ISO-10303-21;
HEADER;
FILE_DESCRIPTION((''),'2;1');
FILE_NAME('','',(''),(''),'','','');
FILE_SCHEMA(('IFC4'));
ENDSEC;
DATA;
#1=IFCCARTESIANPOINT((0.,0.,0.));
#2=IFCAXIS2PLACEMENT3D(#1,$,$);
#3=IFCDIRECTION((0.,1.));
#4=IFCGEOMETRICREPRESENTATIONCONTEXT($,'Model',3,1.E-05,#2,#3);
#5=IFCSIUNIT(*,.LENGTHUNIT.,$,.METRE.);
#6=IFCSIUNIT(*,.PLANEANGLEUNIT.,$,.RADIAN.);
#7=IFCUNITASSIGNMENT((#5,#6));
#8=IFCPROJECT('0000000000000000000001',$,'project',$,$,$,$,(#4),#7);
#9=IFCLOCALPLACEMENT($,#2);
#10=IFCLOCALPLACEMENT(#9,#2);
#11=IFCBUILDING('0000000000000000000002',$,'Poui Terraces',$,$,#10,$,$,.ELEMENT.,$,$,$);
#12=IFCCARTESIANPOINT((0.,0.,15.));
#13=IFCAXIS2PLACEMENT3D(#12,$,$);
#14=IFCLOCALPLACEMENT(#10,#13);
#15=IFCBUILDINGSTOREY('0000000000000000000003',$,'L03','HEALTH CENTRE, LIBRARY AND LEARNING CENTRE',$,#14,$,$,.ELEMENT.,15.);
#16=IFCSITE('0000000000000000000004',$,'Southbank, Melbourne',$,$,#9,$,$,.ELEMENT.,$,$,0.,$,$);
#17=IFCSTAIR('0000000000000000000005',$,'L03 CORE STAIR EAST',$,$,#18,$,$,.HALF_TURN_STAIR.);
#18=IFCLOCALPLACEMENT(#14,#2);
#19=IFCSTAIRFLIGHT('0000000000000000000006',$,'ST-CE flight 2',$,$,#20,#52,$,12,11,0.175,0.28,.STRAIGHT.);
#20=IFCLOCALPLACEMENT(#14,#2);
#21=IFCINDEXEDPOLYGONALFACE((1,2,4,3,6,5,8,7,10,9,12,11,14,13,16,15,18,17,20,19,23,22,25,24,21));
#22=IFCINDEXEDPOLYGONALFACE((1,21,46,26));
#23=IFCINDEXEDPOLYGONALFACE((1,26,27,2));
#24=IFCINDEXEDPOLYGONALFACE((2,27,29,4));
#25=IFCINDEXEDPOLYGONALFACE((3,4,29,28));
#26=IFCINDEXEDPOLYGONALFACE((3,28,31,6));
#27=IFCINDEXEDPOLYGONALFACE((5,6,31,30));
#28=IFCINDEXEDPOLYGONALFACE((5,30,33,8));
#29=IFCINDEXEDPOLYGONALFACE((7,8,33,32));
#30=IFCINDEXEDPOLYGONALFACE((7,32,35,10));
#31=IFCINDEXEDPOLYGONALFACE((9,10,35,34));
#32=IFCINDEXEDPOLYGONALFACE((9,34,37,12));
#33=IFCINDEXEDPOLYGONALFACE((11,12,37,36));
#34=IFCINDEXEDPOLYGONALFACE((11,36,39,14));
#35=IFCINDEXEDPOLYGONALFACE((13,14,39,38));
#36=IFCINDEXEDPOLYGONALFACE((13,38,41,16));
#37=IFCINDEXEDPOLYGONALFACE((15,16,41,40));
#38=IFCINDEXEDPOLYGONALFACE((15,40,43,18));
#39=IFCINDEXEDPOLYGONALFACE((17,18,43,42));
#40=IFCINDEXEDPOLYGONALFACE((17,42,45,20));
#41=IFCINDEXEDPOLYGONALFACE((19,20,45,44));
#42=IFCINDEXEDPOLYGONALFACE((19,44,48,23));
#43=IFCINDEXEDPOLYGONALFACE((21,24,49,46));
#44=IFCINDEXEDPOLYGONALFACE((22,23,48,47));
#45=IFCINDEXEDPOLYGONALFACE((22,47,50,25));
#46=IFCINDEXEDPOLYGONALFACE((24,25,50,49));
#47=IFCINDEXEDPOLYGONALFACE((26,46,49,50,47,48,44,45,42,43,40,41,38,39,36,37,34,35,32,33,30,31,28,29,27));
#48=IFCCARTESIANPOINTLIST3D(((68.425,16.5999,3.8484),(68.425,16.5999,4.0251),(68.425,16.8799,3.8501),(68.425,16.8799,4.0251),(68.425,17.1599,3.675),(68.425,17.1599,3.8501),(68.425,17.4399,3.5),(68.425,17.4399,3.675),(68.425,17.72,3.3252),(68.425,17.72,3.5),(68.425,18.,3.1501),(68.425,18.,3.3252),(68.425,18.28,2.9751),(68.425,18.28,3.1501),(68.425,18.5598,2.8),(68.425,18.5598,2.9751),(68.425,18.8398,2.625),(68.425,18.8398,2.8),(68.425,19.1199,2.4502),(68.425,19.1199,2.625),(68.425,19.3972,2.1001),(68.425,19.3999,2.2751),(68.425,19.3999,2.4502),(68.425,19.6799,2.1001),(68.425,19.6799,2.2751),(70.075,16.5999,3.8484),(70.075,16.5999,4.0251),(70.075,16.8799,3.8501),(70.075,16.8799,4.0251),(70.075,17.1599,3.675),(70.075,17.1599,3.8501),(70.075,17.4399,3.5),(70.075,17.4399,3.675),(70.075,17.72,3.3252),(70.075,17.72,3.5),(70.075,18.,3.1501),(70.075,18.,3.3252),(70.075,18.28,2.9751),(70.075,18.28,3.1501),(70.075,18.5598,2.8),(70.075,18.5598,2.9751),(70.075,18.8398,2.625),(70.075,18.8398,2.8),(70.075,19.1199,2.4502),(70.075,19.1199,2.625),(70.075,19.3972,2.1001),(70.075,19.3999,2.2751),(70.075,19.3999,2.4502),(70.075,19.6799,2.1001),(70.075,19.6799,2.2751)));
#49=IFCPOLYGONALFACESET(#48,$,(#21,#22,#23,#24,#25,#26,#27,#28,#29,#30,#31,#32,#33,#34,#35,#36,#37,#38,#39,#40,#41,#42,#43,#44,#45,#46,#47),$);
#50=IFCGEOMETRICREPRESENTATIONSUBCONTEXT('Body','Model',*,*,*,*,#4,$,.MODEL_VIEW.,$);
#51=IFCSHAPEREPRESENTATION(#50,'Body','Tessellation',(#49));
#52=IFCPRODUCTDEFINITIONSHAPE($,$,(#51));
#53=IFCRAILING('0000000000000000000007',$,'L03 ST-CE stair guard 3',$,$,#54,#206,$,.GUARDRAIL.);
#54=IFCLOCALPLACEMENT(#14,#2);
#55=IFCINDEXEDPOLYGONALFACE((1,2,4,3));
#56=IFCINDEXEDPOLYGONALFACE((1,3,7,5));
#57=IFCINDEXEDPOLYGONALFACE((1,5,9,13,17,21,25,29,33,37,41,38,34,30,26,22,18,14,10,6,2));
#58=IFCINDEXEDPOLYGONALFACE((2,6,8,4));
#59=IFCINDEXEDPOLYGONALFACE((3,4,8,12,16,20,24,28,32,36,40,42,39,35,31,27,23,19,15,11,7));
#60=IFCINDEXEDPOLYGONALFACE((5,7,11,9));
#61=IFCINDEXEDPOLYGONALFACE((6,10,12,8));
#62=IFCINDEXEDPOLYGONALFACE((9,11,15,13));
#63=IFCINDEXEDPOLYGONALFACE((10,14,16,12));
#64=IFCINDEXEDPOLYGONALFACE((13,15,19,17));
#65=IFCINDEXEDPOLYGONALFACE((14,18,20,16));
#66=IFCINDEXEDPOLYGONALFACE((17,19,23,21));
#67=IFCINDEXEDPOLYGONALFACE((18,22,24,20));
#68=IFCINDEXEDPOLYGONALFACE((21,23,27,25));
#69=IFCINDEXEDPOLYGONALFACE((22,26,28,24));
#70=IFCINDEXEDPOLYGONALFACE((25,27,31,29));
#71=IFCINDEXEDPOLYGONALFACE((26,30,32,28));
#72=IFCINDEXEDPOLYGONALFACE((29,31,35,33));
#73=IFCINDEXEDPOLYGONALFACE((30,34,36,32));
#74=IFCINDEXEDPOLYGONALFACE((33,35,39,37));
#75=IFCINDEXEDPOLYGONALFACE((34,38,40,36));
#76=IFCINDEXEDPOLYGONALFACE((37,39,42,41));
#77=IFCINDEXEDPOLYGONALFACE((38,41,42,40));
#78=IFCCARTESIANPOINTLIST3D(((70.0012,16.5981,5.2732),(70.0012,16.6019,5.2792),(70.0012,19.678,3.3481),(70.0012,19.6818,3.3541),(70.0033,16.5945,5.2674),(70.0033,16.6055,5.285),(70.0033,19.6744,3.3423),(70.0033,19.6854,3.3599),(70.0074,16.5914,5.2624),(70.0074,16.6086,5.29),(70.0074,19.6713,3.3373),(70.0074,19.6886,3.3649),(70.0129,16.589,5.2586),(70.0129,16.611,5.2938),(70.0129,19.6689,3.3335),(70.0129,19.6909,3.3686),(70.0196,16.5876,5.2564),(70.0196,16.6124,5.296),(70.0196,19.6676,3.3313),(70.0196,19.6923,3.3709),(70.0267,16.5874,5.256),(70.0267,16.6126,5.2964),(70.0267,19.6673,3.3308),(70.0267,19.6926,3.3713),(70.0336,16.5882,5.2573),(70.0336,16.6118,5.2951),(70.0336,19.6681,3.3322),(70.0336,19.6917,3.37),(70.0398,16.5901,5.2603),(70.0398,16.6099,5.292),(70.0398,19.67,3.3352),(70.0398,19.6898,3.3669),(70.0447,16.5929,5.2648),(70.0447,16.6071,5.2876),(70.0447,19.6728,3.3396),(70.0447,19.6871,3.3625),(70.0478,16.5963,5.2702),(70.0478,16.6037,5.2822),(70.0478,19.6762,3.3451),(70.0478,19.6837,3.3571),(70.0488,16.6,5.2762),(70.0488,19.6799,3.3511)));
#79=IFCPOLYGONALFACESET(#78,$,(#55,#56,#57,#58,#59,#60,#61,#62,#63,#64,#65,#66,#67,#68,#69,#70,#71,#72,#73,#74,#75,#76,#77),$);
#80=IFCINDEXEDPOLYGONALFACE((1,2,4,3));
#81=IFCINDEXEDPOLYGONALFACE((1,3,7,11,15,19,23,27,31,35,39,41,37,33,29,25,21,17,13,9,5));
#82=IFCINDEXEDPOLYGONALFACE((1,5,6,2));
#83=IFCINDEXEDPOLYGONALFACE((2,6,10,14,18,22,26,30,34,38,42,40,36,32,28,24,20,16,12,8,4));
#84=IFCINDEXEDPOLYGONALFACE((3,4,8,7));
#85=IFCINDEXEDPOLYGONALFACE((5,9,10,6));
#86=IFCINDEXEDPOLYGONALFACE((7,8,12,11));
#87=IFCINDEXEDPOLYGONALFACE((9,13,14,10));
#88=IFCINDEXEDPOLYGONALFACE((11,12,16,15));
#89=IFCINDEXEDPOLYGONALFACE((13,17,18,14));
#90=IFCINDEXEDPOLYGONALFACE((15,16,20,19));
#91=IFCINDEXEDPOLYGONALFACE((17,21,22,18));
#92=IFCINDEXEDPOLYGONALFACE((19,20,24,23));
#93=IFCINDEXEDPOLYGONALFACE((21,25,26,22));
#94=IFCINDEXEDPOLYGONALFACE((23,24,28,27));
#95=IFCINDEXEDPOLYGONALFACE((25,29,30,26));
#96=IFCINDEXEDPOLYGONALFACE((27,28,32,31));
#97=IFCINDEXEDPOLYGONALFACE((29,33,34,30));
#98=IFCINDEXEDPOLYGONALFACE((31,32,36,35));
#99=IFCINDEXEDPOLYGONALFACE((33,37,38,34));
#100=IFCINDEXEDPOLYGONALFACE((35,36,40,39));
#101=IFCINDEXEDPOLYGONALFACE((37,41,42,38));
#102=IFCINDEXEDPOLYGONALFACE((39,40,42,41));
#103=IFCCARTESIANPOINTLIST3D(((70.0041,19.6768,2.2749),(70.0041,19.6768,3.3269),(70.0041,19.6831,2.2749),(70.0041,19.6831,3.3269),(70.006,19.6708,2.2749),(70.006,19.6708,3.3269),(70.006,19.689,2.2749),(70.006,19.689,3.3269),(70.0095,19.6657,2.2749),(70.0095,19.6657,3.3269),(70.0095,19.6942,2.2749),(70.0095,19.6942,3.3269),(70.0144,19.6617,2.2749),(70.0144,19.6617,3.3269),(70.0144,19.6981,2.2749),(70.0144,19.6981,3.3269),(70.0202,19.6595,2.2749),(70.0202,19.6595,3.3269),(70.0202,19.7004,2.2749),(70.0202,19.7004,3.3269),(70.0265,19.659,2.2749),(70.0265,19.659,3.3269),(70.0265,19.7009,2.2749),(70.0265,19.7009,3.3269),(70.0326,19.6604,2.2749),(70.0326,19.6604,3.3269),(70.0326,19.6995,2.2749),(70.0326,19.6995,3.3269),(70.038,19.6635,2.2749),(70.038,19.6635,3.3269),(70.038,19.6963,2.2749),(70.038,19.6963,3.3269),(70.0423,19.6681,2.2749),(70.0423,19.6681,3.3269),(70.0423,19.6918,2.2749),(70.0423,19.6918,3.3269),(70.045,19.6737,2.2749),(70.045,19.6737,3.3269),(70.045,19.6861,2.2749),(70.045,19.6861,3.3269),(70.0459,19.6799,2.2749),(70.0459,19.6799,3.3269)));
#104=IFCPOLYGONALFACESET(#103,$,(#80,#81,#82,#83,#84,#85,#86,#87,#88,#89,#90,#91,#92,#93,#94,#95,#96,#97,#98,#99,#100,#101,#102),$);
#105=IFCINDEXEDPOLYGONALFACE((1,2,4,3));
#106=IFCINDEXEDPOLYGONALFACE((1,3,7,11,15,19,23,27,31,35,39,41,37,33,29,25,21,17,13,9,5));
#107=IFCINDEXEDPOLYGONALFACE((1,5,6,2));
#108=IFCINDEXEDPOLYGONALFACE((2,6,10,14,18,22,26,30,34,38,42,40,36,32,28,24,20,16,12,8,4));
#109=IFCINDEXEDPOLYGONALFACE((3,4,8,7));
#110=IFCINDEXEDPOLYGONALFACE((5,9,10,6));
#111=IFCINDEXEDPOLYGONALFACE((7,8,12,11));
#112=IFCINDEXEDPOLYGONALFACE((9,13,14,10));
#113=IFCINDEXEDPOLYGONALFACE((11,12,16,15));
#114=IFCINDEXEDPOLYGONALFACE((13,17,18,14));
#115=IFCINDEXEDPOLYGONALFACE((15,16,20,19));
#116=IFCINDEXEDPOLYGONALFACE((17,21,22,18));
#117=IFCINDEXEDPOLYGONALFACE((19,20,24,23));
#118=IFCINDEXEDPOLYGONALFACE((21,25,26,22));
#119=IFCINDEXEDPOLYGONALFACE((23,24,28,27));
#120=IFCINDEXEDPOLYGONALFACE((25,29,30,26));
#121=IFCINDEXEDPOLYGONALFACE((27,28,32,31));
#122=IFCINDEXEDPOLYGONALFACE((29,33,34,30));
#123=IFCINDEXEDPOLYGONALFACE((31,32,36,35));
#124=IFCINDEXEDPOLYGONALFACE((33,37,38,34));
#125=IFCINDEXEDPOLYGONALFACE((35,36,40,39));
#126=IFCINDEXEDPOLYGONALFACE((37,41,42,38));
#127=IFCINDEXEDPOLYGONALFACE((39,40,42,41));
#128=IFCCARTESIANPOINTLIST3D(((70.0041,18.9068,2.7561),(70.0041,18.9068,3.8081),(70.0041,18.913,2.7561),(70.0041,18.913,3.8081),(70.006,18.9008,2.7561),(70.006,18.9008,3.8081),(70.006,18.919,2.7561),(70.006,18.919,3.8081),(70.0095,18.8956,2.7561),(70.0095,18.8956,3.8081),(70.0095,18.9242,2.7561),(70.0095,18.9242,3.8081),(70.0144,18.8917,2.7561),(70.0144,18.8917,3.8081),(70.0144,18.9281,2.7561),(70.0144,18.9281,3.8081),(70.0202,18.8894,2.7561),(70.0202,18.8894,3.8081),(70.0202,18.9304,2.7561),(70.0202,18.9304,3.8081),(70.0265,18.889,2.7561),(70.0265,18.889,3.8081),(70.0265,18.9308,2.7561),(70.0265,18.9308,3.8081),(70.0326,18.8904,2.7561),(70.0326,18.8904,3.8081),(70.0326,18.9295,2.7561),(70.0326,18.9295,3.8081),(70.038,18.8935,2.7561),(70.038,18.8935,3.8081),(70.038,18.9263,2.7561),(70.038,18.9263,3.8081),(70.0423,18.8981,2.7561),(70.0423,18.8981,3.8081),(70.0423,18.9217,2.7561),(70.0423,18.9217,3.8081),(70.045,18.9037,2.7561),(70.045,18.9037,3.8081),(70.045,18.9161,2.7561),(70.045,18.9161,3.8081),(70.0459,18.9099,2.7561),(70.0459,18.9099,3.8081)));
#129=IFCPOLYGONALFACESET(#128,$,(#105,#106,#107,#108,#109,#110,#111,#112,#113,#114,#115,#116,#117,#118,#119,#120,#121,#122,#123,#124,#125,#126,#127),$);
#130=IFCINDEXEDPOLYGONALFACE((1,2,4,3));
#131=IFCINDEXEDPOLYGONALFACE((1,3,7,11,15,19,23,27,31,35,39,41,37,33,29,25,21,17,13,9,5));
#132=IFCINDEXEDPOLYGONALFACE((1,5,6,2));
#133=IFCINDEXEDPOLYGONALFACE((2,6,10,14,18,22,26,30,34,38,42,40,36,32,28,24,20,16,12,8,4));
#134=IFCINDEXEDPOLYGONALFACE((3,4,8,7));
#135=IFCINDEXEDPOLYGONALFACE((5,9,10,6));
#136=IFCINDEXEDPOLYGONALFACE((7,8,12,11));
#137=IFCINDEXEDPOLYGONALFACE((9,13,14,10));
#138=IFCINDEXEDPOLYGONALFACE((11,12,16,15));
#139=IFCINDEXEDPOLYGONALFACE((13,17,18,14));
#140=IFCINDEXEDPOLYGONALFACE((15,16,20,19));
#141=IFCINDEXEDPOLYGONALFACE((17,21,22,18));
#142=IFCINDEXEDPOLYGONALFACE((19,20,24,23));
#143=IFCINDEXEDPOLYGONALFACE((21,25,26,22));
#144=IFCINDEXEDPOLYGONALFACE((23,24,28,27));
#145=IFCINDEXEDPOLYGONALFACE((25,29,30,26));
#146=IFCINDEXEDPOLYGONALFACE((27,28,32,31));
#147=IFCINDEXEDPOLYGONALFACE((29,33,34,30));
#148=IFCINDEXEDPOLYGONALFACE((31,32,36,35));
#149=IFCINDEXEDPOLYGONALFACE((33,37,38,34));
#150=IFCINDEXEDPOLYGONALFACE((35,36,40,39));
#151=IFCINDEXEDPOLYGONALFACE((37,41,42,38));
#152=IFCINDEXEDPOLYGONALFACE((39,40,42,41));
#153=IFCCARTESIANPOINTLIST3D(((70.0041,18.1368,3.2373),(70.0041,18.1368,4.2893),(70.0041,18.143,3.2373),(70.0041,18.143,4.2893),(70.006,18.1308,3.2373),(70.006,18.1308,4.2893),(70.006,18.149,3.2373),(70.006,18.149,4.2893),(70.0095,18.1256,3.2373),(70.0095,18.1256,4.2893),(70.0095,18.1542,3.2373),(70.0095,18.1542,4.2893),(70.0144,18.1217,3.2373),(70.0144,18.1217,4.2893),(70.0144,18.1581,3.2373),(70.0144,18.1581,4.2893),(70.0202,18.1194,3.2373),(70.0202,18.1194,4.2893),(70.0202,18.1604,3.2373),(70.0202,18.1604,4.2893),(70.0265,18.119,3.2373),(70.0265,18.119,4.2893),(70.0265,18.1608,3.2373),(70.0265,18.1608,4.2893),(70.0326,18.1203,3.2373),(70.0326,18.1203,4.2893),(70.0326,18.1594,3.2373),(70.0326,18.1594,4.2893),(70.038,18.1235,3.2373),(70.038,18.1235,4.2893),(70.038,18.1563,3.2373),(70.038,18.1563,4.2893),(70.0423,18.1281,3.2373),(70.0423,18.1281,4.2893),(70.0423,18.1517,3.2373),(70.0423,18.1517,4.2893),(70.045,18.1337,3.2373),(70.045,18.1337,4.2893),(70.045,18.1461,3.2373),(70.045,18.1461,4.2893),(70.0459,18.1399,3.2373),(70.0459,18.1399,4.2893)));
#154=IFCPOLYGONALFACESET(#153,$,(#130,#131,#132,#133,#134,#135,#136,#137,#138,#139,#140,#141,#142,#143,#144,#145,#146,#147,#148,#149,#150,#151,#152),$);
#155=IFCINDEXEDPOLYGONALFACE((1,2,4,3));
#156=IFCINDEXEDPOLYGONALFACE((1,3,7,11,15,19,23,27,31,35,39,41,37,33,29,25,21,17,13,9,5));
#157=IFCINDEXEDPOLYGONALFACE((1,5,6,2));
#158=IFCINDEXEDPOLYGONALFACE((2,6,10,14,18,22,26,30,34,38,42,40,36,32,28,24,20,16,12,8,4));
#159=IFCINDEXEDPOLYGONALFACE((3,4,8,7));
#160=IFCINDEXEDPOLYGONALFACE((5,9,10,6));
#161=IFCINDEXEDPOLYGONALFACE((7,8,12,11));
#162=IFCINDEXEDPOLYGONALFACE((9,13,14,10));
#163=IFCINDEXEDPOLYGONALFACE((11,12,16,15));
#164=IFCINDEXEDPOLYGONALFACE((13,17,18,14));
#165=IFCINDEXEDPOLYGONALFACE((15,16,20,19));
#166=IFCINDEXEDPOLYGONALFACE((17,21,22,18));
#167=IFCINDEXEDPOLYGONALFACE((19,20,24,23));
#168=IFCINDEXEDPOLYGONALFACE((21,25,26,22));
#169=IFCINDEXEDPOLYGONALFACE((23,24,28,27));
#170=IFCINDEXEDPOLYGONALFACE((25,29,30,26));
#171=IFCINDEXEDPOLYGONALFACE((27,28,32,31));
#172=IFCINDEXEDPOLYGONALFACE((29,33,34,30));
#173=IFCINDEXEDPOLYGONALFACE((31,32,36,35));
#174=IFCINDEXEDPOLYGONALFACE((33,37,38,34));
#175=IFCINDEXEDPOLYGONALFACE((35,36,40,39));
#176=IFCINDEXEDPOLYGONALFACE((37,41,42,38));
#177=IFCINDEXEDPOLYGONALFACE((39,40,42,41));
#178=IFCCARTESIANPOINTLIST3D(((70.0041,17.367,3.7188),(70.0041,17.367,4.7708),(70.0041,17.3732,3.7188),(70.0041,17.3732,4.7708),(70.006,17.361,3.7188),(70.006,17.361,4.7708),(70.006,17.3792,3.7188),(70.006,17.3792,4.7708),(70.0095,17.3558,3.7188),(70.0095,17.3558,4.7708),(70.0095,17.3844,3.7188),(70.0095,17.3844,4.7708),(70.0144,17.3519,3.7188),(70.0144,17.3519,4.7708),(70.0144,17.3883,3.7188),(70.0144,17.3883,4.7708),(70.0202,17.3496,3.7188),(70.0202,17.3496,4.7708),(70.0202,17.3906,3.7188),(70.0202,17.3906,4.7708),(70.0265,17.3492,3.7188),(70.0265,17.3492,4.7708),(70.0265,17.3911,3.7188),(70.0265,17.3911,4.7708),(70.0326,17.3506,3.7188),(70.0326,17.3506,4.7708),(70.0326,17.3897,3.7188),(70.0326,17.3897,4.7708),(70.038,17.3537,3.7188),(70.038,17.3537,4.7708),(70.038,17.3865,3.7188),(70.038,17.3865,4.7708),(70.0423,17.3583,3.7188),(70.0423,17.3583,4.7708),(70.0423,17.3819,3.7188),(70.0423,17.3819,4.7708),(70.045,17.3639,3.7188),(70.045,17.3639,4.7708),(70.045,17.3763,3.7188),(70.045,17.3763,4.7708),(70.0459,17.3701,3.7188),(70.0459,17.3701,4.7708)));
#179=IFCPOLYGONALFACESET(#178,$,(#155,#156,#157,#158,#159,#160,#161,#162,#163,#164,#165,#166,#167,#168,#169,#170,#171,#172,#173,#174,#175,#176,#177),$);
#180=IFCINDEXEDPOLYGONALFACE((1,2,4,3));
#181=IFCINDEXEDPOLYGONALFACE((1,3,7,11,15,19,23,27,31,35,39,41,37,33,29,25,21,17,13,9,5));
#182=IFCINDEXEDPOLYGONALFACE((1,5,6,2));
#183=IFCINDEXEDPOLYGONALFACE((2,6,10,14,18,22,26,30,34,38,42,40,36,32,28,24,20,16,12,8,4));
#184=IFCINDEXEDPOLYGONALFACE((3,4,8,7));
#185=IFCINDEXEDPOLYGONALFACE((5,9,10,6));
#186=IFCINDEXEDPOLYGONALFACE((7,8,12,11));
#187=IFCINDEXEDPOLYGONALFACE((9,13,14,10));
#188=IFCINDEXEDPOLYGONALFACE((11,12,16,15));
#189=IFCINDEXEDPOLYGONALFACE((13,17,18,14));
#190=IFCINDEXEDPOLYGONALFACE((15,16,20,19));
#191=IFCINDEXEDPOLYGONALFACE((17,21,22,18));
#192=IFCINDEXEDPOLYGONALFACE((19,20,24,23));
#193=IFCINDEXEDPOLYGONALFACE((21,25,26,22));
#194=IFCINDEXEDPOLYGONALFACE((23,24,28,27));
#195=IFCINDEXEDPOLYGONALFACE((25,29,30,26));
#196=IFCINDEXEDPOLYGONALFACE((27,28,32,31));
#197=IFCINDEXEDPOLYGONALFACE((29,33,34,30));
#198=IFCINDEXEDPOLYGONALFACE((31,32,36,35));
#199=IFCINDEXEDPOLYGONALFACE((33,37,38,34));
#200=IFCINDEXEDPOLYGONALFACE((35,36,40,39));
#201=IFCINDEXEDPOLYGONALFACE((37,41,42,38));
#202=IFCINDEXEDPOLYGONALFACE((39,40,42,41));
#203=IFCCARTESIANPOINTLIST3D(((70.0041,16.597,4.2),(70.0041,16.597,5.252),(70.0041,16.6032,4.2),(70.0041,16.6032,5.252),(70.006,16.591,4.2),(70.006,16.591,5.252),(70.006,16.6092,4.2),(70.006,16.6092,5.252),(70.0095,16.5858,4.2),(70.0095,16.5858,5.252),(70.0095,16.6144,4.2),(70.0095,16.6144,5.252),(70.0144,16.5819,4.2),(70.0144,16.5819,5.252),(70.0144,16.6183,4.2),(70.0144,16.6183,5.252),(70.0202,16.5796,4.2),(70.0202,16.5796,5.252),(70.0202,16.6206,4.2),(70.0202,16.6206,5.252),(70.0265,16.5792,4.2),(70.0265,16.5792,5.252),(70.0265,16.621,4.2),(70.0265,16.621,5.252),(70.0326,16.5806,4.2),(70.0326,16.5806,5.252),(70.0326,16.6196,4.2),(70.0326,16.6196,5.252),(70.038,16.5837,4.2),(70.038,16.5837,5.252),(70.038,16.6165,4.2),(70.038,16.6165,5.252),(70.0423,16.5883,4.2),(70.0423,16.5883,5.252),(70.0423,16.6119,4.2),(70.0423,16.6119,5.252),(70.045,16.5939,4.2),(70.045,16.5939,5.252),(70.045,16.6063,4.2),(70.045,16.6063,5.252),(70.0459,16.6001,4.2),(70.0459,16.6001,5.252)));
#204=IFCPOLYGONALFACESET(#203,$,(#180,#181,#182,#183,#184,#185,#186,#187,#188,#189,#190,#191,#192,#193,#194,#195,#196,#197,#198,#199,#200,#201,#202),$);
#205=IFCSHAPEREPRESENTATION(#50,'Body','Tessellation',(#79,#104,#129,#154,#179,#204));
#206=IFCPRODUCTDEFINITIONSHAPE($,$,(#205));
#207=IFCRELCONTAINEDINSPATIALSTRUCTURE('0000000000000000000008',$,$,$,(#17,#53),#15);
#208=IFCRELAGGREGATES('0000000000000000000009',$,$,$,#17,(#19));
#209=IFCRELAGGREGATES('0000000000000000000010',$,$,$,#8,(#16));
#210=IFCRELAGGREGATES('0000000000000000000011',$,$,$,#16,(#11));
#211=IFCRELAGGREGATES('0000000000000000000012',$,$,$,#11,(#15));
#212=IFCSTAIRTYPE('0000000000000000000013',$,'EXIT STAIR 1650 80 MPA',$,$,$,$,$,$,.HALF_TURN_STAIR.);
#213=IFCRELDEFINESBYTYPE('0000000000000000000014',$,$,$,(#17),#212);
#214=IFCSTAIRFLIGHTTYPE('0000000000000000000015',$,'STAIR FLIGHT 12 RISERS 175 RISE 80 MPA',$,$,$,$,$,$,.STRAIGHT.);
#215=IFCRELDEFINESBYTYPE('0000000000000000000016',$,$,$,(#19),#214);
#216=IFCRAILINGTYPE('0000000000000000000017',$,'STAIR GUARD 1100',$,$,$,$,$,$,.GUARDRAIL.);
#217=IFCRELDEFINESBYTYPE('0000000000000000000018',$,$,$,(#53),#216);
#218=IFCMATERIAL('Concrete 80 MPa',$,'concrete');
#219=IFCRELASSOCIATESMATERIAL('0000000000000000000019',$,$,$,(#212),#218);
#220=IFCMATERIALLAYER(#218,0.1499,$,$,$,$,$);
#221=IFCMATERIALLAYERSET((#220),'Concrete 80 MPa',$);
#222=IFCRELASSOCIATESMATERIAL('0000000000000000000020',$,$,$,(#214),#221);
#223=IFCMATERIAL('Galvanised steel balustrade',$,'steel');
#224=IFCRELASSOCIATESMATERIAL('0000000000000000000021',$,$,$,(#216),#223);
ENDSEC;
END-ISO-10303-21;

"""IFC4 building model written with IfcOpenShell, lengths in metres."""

from ifc_helpers import new_model, si_unit, direction, frame, origin, origin_2d, place, context, subcontext, project, spatial, polyline, circle, outline, extrude, material, layer, layer_set, type_object, element, aggregate, save


model = new_model("IFC4")

# Units and contexts
model_context = context("Model", 3, precision=1e-05, world=origin(), true_north=direction((0.0, 1.0)))
body_context = subcontext(model_context, "Body", "Model", "MODEL_VIEW")
ifc_project = project(units=[si_unit("LENGTHUNIT", "METRE"), si_unit("PLANEANGLEUNIT", "RADIAN")], contexts=[model_context])

# Site, building, storey
site_placement = place(None, origin())
site = spatial("IfcSite", under=ifc_project, at=site_placement, Name="Southbank, Melbourne", CompositionType="ELEMENT", RefElevation=0.0)
building_placement = place(site_placement, origin())
building = spatial("IfcBuilding", under=site, at=building_placement, Name="Poui Terraces", CompositionType="ELEMENT")
storey_placement = place(building_placement, frame((0.0, 0.0, 15.0)))
storey = spatial("IfcBuildingStorey", under=building, at=storey_placement, Name="L03", Description="HEALTH CENTRE, LIBRARY AND LEARNING CENTRE", CompositionType="ELEMENT", Elevation=15.0)

# Shared definitions
ifc_material_1 = material(Name="Concrete 80 MPa", Category="concrete")

# Stair, stair flight
stair_type = type_object("IfcStairType", Name="EXIT STAIR 1650 80 MPA", PredefinedType="HALF_TURN_STAIR", material=ifc_material_1)
stair_placement = place(storey_placement, origin())
stair = element("IfcStair", 1, at=stair_placement, inside=storey, type_object=stair_type, Name="L03 CORE STAIR EAST", PredefinedType="HALF_TURN_STAIR")
ifc_layer_1 = layer(ifc_material_1, 0.1499)
ifc_layer_set_1 = layer_set([ifc_layer_1], Name="Concrete 80 MPa")
stair_flight_type = type_object("IfcStairFlightType", Name="STAIR FLIGHT 12 RISERS 175 RISE 80 MPA", PredefinedType="STRAIGHT", material=ifc_layer_set_1)
stair_flight_placement = place(storey_placement, frame((69.25, 19.6799, 2.1001), z_axis=(0.0, 0.0, 1.0), x_axis=(0.0, -1.0, 0.0)))
stair_flight = element("IfcStairFlight", 2, at=stair_flight_placement, type_object=stair_flight_type, Name="ST-CE flight 2", NumberOfRisers=12, NumberOfTreads=11, PredefinedType="STRAIGHT", RiserHeight=0.175, TreadLength=0.28, context=body_context, shape_type="SweptSolid", body=[
    extrude(outline(polyline([(0.0, 0.0), (0.0, 0.175), (0.28, 0.175), (0.28, 0.3501), (0.5601, 0.3501), (0.5601, 0.5249), (0.8401, 0.5249), (0.8401, 0.7), (1.1201, 0.7), (1.1201, 0.875), (1.3999, 0.875), (1.3999, 1.05), (1.6799, 1.05), (1.6799, 1.2251), (1.96, 1.2251), (1.96, 1.3999), (2.24, 1.3999), (2.24, 1.575), (2.52, 1.575), (2.52, 1.75), (2.8, 1.75), (2.8, 1.925), (3.0801, 1.925), (3.0801, 2.1001), (3.0801, 1.7483), (0.2827, 0.0), (0.0, 0.0)])), frame((0.0, 0.825, 0.0), z_axis=(0.0, -1.0, 0.0), x_axis=(1.0, 0.0, 0.0)), (0.0, 0.0, 1.0), 1.6499),
])
aggregate(stair, [stair_flight])

# Railing
ifc_material_2 = material(Name="Galvanised steel balustrade", Category="steel")
railing_type_1 = type_object("IfcRailingType", Name="STAIR GUARD 1100", PredefinedType="GUARDRAIL", material=ifc_material_2)
railing_1_placement = place(storey_placement, frame((70.0249, 19.6799, 2.2749)))
element("IfcRailing", 3, at=railing_1_placement, inside=storey, type_object=railing_type_1, Name="L03 ST-CE stair guard 3", PredefinedType="GUARDRAIL", context=body_context, shape_type="SweptSolid", body=[
    extrude(circle(Radius=0.0239, at=origin_2d()), frame((0.0, 0.0, 1.0762), z_axis=(0.0, -0.847979, 0.530029), x_axis=(1.0, 0.0, 0.0)), (0.0, 0.0, 1.0), 3.6321),
    extrude(circle(Radius=0.021, at=origin_2d()), origin(), (0.0, 0.0, 1.0), 1.052),
    extrude(circle(Radius=0.021, at=origin_2d()), frame((0.0, -0.77, 0.4812)), (0.0, 0.0, 1.0), 1.052),
    extrude(circle(Radius=0.021, at=origin_2d()), frame((0.0, -1.54, 0.9624)), (0.0, 0.0, 1.0), 1.052),
    extrude(circle(Radius=0.021, at=origin_2d()), frame((0.0, -2.3098, 1.4438)), (0.0, 0.0, 1.0), 1.052),
    extrude(circle(Radius=0.021, at=origin_2d()), frame((0.0, -3.0798, 1.925)), (0.0, 0.0, 1.0), 1.052),
])

save(model, "model.ifc")
